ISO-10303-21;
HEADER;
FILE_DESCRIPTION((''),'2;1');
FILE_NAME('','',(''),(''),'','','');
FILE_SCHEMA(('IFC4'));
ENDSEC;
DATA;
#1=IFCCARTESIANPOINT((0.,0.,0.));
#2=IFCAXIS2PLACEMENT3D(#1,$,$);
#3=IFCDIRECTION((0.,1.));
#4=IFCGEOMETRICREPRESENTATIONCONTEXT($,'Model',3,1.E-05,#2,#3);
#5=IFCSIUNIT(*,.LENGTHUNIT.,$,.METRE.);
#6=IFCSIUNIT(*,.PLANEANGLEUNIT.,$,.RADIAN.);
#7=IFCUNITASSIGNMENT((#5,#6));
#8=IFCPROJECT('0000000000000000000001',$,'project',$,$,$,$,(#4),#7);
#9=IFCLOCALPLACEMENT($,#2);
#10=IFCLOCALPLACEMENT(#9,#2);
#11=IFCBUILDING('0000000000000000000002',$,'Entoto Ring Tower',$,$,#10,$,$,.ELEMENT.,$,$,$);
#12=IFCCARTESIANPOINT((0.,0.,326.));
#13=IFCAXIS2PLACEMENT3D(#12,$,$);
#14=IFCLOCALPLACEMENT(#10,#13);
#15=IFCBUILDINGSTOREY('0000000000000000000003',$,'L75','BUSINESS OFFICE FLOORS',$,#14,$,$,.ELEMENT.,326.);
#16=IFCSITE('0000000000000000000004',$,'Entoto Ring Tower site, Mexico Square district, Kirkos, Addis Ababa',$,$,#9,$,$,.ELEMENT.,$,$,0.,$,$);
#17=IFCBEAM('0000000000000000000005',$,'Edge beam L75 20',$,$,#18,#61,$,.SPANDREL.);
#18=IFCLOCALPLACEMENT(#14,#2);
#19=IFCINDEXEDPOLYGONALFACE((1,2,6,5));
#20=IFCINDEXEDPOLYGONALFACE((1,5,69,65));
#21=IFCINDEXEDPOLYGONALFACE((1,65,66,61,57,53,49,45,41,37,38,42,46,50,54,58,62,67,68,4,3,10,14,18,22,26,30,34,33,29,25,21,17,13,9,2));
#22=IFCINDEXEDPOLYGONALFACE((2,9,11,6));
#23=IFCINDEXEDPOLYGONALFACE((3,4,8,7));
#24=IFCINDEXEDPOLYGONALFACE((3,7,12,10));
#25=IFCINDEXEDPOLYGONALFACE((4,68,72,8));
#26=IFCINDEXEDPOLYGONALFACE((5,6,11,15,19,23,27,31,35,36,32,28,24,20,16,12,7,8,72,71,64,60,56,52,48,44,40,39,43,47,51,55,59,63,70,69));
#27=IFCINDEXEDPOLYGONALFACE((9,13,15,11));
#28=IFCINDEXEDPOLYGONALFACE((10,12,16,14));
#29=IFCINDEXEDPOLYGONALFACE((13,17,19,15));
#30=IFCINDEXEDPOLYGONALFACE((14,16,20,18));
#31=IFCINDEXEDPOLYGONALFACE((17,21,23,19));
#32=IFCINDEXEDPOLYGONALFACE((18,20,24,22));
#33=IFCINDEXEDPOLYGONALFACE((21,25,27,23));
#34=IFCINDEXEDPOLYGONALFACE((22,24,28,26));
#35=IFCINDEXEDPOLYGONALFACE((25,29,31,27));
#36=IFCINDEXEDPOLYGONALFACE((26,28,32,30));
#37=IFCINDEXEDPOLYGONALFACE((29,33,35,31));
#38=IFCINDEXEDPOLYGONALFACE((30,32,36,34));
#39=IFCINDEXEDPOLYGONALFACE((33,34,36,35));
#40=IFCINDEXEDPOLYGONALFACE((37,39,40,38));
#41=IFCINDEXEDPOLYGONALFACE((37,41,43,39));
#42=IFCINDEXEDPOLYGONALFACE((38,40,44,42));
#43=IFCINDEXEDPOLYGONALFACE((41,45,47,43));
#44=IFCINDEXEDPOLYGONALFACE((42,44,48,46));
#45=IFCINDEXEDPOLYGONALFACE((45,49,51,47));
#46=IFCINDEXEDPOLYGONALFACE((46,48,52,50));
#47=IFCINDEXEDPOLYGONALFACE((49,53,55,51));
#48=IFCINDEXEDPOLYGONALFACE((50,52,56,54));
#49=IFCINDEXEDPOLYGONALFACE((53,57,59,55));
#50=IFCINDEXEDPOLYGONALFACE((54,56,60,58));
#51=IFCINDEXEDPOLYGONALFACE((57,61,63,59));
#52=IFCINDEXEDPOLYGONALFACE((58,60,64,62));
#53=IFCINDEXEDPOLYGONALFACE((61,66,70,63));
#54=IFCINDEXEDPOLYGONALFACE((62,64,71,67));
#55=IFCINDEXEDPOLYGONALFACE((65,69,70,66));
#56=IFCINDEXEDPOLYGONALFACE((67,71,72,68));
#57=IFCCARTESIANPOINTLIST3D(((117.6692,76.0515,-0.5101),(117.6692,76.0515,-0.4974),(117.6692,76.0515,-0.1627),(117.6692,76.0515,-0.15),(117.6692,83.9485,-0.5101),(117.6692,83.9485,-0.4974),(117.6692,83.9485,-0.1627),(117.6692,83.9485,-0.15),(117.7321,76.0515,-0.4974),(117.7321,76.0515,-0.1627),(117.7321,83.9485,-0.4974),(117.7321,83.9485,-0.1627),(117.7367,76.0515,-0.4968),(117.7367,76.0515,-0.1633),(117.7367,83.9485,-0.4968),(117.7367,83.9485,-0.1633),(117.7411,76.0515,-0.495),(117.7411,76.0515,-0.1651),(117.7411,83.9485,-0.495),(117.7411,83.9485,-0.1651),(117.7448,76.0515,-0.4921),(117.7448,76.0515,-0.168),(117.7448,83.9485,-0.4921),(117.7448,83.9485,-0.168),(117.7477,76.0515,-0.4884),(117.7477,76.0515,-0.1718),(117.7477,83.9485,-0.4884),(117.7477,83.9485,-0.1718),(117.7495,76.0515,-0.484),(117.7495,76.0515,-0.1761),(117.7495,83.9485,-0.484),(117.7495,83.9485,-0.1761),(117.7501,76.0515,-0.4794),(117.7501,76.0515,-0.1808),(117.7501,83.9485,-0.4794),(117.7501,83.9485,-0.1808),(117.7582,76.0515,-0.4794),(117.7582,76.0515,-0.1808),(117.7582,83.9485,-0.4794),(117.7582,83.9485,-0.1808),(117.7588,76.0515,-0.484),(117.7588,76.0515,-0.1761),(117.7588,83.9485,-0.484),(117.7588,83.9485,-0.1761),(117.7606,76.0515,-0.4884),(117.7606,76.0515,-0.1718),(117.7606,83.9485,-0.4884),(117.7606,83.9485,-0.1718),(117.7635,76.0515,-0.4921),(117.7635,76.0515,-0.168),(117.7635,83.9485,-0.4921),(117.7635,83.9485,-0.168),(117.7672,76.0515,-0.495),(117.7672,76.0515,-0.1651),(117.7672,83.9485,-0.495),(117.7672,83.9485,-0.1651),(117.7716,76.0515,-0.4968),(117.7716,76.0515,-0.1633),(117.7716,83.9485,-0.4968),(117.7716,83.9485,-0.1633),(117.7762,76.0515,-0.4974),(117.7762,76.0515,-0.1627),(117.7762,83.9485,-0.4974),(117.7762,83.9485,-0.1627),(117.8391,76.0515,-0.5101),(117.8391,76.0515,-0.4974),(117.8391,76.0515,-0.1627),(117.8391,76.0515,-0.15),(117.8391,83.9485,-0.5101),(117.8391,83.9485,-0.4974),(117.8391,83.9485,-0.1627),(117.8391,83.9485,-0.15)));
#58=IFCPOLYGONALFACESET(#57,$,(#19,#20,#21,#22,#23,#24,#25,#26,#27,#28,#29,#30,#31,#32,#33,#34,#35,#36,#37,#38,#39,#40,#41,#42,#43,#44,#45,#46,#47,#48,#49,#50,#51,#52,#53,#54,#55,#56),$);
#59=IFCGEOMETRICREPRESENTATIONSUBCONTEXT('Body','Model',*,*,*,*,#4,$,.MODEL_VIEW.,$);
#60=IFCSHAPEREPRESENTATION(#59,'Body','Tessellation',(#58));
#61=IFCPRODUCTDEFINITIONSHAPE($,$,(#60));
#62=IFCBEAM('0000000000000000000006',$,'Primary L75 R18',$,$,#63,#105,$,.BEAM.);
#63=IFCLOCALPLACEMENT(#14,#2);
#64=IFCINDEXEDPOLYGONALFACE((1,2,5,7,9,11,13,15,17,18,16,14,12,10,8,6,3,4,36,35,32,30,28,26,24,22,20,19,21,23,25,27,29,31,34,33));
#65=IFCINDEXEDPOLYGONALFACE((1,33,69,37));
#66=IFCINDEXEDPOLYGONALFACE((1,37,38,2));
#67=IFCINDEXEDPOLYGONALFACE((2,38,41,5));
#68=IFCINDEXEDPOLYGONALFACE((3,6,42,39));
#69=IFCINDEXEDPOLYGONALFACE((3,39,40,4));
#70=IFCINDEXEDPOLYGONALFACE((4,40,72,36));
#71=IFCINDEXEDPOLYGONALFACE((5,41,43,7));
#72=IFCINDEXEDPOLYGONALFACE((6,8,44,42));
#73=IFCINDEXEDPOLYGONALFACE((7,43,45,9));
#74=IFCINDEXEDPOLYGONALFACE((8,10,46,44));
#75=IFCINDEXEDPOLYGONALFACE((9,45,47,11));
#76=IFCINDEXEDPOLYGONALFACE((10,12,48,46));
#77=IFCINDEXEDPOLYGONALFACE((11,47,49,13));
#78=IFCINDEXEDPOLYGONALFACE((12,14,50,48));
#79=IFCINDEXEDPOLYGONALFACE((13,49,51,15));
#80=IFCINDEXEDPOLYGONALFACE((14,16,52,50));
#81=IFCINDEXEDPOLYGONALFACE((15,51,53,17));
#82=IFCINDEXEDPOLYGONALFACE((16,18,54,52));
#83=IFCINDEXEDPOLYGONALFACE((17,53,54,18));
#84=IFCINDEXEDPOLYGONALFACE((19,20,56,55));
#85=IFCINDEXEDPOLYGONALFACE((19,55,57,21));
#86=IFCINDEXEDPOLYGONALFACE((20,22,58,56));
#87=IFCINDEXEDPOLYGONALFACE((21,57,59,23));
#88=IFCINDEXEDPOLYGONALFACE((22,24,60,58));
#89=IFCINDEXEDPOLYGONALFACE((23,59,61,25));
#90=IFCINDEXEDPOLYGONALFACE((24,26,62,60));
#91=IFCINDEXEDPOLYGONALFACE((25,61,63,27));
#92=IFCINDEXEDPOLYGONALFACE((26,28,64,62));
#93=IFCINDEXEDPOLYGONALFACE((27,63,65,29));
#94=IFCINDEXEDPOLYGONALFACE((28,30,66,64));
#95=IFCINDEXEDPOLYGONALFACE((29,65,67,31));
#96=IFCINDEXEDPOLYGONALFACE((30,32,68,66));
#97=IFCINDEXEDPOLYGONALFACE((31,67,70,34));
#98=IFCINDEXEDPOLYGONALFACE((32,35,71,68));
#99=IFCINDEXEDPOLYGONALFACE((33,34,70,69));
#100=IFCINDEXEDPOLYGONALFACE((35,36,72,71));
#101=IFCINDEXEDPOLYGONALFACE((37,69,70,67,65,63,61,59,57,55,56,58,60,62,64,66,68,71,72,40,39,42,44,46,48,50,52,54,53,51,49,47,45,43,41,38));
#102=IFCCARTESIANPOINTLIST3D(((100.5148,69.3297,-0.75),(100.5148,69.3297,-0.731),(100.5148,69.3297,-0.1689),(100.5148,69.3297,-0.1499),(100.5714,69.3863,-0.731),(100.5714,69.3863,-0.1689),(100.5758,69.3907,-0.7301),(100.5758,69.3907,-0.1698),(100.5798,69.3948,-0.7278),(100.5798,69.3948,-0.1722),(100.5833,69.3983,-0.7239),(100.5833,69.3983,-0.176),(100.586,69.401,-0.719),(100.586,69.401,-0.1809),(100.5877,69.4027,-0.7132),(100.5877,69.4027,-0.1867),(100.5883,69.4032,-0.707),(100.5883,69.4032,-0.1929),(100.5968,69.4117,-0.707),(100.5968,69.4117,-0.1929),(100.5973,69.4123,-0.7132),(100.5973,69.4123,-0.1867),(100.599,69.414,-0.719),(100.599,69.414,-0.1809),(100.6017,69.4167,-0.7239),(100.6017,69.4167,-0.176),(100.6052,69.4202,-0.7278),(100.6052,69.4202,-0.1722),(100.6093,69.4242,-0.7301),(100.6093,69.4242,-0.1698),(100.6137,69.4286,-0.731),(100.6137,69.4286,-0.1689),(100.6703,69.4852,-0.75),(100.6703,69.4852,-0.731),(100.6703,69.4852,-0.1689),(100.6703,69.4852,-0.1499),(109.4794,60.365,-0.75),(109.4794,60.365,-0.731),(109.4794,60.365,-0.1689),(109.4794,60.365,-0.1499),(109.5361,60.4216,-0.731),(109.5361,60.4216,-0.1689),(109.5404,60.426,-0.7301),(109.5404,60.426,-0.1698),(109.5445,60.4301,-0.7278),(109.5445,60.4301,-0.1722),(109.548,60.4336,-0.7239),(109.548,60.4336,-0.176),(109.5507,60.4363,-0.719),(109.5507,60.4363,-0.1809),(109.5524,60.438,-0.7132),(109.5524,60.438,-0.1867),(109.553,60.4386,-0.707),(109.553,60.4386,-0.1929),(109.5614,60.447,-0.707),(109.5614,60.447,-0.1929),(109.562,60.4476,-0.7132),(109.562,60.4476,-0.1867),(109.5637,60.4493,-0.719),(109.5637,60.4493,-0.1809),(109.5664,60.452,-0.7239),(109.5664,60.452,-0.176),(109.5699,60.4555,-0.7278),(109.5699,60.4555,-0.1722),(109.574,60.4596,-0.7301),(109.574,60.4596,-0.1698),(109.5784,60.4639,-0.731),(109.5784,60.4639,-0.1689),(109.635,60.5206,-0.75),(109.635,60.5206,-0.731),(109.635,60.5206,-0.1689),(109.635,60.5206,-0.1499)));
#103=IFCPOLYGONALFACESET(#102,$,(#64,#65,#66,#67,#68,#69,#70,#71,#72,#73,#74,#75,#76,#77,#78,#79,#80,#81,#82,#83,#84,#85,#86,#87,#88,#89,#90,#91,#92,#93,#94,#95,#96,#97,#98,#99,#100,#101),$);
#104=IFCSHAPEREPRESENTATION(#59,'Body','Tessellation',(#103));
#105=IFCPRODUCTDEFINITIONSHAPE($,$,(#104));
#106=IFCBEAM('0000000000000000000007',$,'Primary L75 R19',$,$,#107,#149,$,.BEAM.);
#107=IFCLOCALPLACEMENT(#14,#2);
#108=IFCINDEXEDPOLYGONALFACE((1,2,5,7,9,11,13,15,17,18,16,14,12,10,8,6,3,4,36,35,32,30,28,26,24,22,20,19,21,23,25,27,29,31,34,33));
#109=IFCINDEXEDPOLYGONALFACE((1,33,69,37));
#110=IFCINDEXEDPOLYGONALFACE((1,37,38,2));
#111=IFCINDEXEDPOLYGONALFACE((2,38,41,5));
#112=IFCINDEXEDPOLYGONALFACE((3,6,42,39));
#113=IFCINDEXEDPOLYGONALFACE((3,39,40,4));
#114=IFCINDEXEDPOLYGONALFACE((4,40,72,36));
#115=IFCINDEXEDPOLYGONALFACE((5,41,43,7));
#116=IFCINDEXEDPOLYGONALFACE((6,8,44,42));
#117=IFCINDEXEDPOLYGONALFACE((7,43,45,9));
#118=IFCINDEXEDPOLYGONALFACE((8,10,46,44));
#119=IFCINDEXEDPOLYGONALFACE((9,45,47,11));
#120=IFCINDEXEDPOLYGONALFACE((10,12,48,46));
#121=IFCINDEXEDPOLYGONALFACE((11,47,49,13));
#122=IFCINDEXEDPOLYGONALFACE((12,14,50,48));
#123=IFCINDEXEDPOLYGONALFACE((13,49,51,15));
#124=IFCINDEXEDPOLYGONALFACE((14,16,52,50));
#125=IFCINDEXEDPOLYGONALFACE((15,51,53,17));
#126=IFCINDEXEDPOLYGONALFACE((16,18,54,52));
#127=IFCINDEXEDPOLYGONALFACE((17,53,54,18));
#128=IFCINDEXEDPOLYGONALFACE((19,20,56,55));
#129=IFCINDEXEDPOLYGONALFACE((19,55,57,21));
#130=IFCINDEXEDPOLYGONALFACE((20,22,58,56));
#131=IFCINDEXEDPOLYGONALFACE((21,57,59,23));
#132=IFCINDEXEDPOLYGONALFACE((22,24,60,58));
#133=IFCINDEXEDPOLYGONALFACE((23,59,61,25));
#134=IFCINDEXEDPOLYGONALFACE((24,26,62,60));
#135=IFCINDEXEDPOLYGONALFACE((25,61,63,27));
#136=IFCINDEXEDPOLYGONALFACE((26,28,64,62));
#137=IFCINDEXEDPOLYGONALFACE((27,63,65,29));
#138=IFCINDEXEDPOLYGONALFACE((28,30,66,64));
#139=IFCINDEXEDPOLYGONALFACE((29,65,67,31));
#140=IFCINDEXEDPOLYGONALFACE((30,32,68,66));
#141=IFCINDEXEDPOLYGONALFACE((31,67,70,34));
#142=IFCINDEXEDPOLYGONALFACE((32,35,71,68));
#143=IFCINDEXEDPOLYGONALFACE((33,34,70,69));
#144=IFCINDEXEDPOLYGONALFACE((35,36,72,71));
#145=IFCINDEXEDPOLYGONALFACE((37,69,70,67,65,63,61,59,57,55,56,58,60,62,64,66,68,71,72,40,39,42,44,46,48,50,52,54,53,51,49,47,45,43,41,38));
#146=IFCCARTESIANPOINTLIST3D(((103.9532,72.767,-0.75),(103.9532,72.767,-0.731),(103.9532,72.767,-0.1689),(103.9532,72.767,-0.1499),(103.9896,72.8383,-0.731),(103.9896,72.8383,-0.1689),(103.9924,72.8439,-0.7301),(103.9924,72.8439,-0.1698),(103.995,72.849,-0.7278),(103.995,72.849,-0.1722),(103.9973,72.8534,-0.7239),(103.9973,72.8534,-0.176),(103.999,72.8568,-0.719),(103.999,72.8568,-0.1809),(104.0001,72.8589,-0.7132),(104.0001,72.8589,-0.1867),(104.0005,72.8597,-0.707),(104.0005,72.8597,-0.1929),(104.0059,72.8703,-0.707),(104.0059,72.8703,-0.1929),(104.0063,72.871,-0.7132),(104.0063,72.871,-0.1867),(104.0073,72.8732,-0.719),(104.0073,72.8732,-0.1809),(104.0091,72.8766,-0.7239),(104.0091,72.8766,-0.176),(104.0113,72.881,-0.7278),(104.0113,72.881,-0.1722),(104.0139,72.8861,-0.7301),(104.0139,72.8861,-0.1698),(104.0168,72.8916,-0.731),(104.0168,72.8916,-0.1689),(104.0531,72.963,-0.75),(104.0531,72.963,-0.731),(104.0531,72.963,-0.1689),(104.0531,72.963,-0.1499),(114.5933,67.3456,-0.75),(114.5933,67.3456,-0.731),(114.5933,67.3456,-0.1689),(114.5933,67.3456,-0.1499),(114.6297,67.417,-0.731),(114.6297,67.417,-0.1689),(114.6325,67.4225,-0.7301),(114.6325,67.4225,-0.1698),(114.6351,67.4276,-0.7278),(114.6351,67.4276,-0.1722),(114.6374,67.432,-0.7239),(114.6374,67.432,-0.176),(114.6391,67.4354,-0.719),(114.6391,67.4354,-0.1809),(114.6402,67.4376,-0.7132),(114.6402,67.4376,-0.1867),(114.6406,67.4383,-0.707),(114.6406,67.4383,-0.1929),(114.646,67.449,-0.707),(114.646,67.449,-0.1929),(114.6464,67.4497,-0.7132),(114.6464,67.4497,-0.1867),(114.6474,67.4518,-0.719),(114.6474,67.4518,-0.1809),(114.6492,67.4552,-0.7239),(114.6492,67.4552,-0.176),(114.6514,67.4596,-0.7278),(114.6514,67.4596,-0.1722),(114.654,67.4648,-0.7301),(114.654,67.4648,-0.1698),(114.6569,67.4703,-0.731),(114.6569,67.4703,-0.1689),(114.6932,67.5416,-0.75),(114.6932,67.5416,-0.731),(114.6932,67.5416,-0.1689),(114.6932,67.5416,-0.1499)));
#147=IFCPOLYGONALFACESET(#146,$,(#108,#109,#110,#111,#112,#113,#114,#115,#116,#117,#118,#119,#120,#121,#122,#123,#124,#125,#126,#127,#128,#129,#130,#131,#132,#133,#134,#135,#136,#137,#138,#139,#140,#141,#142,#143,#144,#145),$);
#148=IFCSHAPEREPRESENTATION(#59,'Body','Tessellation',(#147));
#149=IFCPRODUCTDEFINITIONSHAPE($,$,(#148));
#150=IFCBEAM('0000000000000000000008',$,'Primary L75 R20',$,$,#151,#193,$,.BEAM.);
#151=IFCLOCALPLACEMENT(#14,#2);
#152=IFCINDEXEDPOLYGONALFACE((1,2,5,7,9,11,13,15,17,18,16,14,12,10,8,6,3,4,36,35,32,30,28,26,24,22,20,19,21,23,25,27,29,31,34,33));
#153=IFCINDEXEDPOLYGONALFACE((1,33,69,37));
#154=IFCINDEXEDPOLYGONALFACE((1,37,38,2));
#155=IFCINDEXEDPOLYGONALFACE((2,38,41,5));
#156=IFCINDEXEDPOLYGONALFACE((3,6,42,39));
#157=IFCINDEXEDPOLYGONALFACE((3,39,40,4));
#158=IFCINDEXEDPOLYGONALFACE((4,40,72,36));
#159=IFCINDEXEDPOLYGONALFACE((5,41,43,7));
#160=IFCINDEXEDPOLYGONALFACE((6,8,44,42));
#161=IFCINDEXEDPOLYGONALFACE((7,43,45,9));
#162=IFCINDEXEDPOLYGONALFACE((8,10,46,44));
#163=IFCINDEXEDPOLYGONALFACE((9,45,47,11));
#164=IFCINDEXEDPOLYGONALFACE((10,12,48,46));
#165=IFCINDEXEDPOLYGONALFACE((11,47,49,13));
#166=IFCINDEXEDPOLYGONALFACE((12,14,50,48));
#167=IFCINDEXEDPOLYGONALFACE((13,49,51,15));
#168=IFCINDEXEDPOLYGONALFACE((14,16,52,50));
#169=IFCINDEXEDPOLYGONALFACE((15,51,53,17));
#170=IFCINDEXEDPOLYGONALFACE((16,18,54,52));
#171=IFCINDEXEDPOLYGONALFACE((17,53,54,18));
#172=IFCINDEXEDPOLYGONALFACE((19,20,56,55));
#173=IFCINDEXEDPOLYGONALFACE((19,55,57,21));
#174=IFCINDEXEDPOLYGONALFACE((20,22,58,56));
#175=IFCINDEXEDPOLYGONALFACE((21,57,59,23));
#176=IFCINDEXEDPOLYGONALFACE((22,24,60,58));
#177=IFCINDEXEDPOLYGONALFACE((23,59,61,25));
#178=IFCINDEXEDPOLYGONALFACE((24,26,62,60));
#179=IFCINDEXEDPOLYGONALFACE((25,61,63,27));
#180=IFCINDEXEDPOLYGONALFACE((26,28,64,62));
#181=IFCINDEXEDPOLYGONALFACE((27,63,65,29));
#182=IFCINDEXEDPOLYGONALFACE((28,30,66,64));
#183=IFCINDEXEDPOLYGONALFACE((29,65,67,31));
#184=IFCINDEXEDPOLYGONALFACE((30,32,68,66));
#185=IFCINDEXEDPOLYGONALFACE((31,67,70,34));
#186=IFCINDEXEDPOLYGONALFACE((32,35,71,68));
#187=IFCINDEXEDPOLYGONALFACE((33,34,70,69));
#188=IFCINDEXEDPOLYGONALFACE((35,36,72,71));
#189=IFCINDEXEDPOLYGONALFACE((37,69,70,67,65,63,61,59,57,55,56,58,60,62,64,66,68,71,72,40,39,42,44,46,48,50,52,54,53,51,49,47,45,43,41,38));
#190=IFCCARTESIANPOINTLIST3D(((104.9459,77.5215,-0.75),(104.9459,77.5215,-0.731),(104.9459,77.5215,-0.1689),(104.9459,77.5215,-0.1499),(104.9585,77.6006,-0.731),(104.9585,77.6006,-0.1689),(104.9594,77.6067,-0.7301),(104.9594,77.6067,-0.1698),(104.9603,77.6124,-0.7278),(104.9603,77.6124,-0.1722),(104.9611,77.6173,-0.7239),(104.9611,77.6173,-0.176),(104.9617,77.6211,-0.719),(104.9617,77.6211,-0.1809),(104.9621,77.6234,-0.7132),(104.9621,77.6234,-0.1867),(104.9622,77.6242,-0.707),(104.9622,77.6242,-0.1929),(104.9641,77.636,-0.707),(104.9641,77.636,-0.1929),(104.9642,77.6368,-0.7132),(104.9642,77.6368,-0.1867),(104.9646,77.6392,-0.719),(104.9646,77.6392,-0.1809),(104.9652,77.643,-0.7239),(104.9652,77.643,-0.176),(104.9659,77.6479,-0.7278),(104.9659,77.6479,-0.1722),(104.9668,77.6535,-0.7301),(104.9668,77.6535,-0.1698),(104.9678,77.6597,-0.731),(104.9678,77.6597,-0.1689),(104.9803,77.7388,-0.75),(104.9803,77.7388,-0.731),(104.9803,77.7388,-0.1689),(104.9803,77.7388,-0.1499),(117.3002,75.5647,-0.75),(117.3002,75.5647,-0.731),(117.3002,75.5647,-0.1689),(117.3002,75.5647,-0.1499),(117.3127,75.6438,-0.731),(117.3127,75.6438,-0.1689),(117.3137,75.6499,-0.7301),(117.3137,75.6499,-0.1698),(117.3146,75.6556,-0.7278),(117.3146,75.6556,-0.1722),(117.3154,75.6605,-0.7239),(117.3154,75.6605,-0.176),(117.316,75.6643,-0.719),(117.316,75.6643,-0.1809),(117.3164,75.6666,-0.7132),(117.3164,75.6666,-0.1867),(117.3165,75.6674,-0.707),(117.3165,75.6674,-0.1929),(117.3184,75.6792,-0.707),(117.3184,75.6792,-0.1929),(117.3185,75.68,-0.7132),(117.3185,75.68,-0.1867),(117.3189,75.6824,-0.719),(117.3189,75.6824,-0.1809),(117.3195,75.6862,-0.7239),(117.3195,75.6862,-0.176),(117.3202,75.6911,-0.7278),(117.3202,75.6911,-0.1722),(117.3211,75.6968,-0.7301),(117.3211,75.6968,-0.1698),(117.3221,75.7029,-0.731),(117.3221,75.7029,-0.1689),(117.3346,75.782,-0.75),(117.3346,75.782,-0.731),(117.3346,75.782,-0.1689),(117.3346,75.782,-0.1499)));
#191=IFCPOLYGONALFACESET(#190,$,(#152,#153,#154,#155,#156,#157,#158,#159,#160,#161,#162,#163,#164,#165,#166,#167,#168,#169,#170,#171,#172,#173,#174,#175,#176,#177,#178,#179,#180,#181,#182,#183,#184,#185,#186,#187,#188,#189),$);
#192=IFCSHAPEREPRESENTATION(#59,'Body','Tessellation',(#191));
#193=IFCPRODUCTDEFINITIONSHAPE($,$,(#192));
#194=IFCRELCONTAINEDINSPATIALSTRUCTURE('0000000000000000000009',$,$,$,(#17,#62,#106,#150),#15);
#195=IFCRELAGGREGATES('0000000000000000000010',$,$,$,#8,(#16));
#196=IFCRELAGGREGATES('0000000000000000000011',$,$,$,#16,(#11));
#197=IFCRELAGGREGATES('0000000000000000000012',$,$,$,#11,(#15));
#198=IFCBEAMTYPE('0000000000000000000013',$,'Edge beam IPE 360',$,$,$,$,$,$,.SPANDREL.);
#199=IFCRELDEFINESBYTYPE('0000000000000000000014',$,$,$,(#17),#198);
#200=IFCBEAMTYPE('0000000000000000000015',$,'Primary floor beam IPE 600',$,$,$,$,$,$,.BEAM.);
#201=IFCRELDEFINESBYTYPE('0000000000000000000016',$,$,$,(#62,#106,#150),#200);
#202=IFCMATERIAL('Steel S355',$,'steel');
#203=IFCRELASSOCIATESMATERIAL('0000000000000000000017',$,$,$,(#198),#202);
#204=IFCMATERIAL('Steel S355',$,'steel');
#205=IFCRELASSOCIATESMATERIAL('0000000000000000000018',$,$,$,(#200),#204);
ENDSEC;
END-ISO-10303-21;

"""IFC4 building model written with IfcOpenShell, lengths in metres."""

from ifc_helpers import new_model, si_unit, direction, frame, origin, origin_2d, place, context, subcontext, project, spatial, i_section, extrude, material, material_profile, profile_set, type_object, element, save


model = new_model("IFC4")

# Units and contexts
model_context = context("Model", 3, precision=1e-05, world=origin(), true_north=direction((0.0, 1.0)))
body_context = subcontext(model_context, "Body", "Model", "MODEL_VIEW")
ifc_project = project(units=[si_unit("LENGTHUNIT", "METRE"), si_unit("PLANEANGLEUNIT", "RADIAN")], contexts=[model_context])

# Site, building, storey
site_placement = place(None, origin())
site = spatial("IfcSite", under=ifc_project, at=site_placement, Name="Entoto Ring Tower site, Mexico Square district, Kirkos, Addis Ababa", CompositionType="ELEMENT", RefElevation=0.0)
building_placement = place(site_placement, origin())
building = spatial("IfcBuilding", under=site, at=building_placement, Name="Entoto Ring Tower", CompositionType="ELEMENT")
storey_placement = place(building_placement, frame((0.0, 0.0, 326.0)))
storey = spatial("IfcBuildingStorey", under=building, at=storey_placement, Name="L75", Description="BUSINESS OFFICE FLOORS", CompositionType="ELEMENT", Elevation=326.0)

# Beams
ifc_material_1 = material(Name="Steel S355", Category="steel")
ifc_material_profile_1 = material_profile(ifc_material_1, i_section(OverallWidth=0.1699, OverallDepth=0.3601, WebThickness=0.0081, FlangeThickness=0.0127, FilletRadius=0.0181, at=origin_2d()), Name="IPE 360")
ifc_profile_set_1 = profile_set([ifc_material_profile_1], Name="Steel S355")
beam_type_1 = type_object("IfcBeamType", Name="Edge beam IPE 360", PredefinedType="SPANDREL", material=ifc_profile_set_1)
for number, where, z_axis, x_axis, name in (
    (1, (117.7542, 76.0515, -0.3301), (0.0, 1.0, 0.0), (-1.0, 0.0, 0.0), "Edge beam L75 20"),
):
    element("IfcBeam", number, at=place(storey_placement, frame(where, z_axis=z_axis, x_axis=x_axis)), inside=storey, type_object=beam_type_1, Name=name, PredefinedType="SPANDREL", context=body_context, shape_type="SweptSolid", body=[
        extrude(i_section(OverallWidth=0.1699, OverallDepth=0.3601, WebThickness=0.0081, FlangeThickness=0.0127, FilletRadius=0.0181, at=origin_2d()), origin(), (0.0, 0.0, 1.0), 7.897),
    ])
ifc_material_2 = material(Name="Steel S355", Category="steel")
ifc_material_profile_2 = material_profile(ifc_material_2, i_section(OverallWidth=0.22, OverallDepth=0.6001, WebThickness=0.012, FlangeThickness=0.019, FilletRadius=0.0239, at=origin_2d()), Name="IPE 600")
ifc_profile_set_2 = profile_set([ifc_material_profile_2], Name="Steel S355")
beam_type_2 = type_object("IfcBeamType", Name="Primary floor beam IPE 600", PredefinedType="BEAM", material=ifc_profile_set_2)
beam_1_placement = place(storey_placement, frame((100.5925, 69.4075, -0.45), z_axis=(0.707107, -0.707107, 0.0), x_axis=(0.707107, 0.707107, 0.0)))
element("IfcBeam", 2, at=beam_1_placement, inside=storey, type_object=beam_type_2, Name="Primary L75 R18", PredefinedType="BEAM", context=body_context, shape_type="SweptSolid", body=[
    extrude(i_section(OverallWidth=0.22, OverallDepth=0.6001, WebThickness=0.012, FlangeThickness=0.019, FilletRadius=0.0239, at=origin_2d()), origin(), (0.0, 0.0, 1.0), 12.678),
])
beam_2_placement = place(storey_placement, frame((104.0032, 72.865, -0.45), z_axis=(0.891008, -0.453988, 0.0), x_axis=(0.453988, 0.891008, 0.0)))
element("IfcBeam", 3, at=beam_2_placement, inside=storey, type_object=beam_type_2, Name="Primary L75 R19", PredefinedType="BEAM", context=body_context, shape_type="SweptSolid", body=[
    extrude(i_section(OverallWidth=0.22, OverallDepth=0.6001, WebThickness=0.012, FlangeThickness=0.019, FilletRadius=0.0239, at=origin_2d()), origin(), (0.0, 0.0, 1.0), 11.9417),
])
beam_3_placement = place(storey_placement, frame((104.9631, 77.6301, -0.45), z_axis=(0.987688, -0.15644, 0.0), x_axis=(0.15644, 0.987688, 0.0)))
element("IfcBeam", 4, at=beam_3_placement, inside=storey, type_object=beam_type_2, Name="Primary L75 R20", PredefinedType="BEAM", context=body_context, shape_type="SweptSolid", body=[
    extrude(i_section(OverallWidth=0.22, OverallDepth=0.6001, WebThickness=0.012, FlangeThickness=0.019, FilletRadius=0.0239, at=origin_2d()), origin(), (0.0, 0.0, 1.0), 12.5083),
])

save(model, "model.ifc")
